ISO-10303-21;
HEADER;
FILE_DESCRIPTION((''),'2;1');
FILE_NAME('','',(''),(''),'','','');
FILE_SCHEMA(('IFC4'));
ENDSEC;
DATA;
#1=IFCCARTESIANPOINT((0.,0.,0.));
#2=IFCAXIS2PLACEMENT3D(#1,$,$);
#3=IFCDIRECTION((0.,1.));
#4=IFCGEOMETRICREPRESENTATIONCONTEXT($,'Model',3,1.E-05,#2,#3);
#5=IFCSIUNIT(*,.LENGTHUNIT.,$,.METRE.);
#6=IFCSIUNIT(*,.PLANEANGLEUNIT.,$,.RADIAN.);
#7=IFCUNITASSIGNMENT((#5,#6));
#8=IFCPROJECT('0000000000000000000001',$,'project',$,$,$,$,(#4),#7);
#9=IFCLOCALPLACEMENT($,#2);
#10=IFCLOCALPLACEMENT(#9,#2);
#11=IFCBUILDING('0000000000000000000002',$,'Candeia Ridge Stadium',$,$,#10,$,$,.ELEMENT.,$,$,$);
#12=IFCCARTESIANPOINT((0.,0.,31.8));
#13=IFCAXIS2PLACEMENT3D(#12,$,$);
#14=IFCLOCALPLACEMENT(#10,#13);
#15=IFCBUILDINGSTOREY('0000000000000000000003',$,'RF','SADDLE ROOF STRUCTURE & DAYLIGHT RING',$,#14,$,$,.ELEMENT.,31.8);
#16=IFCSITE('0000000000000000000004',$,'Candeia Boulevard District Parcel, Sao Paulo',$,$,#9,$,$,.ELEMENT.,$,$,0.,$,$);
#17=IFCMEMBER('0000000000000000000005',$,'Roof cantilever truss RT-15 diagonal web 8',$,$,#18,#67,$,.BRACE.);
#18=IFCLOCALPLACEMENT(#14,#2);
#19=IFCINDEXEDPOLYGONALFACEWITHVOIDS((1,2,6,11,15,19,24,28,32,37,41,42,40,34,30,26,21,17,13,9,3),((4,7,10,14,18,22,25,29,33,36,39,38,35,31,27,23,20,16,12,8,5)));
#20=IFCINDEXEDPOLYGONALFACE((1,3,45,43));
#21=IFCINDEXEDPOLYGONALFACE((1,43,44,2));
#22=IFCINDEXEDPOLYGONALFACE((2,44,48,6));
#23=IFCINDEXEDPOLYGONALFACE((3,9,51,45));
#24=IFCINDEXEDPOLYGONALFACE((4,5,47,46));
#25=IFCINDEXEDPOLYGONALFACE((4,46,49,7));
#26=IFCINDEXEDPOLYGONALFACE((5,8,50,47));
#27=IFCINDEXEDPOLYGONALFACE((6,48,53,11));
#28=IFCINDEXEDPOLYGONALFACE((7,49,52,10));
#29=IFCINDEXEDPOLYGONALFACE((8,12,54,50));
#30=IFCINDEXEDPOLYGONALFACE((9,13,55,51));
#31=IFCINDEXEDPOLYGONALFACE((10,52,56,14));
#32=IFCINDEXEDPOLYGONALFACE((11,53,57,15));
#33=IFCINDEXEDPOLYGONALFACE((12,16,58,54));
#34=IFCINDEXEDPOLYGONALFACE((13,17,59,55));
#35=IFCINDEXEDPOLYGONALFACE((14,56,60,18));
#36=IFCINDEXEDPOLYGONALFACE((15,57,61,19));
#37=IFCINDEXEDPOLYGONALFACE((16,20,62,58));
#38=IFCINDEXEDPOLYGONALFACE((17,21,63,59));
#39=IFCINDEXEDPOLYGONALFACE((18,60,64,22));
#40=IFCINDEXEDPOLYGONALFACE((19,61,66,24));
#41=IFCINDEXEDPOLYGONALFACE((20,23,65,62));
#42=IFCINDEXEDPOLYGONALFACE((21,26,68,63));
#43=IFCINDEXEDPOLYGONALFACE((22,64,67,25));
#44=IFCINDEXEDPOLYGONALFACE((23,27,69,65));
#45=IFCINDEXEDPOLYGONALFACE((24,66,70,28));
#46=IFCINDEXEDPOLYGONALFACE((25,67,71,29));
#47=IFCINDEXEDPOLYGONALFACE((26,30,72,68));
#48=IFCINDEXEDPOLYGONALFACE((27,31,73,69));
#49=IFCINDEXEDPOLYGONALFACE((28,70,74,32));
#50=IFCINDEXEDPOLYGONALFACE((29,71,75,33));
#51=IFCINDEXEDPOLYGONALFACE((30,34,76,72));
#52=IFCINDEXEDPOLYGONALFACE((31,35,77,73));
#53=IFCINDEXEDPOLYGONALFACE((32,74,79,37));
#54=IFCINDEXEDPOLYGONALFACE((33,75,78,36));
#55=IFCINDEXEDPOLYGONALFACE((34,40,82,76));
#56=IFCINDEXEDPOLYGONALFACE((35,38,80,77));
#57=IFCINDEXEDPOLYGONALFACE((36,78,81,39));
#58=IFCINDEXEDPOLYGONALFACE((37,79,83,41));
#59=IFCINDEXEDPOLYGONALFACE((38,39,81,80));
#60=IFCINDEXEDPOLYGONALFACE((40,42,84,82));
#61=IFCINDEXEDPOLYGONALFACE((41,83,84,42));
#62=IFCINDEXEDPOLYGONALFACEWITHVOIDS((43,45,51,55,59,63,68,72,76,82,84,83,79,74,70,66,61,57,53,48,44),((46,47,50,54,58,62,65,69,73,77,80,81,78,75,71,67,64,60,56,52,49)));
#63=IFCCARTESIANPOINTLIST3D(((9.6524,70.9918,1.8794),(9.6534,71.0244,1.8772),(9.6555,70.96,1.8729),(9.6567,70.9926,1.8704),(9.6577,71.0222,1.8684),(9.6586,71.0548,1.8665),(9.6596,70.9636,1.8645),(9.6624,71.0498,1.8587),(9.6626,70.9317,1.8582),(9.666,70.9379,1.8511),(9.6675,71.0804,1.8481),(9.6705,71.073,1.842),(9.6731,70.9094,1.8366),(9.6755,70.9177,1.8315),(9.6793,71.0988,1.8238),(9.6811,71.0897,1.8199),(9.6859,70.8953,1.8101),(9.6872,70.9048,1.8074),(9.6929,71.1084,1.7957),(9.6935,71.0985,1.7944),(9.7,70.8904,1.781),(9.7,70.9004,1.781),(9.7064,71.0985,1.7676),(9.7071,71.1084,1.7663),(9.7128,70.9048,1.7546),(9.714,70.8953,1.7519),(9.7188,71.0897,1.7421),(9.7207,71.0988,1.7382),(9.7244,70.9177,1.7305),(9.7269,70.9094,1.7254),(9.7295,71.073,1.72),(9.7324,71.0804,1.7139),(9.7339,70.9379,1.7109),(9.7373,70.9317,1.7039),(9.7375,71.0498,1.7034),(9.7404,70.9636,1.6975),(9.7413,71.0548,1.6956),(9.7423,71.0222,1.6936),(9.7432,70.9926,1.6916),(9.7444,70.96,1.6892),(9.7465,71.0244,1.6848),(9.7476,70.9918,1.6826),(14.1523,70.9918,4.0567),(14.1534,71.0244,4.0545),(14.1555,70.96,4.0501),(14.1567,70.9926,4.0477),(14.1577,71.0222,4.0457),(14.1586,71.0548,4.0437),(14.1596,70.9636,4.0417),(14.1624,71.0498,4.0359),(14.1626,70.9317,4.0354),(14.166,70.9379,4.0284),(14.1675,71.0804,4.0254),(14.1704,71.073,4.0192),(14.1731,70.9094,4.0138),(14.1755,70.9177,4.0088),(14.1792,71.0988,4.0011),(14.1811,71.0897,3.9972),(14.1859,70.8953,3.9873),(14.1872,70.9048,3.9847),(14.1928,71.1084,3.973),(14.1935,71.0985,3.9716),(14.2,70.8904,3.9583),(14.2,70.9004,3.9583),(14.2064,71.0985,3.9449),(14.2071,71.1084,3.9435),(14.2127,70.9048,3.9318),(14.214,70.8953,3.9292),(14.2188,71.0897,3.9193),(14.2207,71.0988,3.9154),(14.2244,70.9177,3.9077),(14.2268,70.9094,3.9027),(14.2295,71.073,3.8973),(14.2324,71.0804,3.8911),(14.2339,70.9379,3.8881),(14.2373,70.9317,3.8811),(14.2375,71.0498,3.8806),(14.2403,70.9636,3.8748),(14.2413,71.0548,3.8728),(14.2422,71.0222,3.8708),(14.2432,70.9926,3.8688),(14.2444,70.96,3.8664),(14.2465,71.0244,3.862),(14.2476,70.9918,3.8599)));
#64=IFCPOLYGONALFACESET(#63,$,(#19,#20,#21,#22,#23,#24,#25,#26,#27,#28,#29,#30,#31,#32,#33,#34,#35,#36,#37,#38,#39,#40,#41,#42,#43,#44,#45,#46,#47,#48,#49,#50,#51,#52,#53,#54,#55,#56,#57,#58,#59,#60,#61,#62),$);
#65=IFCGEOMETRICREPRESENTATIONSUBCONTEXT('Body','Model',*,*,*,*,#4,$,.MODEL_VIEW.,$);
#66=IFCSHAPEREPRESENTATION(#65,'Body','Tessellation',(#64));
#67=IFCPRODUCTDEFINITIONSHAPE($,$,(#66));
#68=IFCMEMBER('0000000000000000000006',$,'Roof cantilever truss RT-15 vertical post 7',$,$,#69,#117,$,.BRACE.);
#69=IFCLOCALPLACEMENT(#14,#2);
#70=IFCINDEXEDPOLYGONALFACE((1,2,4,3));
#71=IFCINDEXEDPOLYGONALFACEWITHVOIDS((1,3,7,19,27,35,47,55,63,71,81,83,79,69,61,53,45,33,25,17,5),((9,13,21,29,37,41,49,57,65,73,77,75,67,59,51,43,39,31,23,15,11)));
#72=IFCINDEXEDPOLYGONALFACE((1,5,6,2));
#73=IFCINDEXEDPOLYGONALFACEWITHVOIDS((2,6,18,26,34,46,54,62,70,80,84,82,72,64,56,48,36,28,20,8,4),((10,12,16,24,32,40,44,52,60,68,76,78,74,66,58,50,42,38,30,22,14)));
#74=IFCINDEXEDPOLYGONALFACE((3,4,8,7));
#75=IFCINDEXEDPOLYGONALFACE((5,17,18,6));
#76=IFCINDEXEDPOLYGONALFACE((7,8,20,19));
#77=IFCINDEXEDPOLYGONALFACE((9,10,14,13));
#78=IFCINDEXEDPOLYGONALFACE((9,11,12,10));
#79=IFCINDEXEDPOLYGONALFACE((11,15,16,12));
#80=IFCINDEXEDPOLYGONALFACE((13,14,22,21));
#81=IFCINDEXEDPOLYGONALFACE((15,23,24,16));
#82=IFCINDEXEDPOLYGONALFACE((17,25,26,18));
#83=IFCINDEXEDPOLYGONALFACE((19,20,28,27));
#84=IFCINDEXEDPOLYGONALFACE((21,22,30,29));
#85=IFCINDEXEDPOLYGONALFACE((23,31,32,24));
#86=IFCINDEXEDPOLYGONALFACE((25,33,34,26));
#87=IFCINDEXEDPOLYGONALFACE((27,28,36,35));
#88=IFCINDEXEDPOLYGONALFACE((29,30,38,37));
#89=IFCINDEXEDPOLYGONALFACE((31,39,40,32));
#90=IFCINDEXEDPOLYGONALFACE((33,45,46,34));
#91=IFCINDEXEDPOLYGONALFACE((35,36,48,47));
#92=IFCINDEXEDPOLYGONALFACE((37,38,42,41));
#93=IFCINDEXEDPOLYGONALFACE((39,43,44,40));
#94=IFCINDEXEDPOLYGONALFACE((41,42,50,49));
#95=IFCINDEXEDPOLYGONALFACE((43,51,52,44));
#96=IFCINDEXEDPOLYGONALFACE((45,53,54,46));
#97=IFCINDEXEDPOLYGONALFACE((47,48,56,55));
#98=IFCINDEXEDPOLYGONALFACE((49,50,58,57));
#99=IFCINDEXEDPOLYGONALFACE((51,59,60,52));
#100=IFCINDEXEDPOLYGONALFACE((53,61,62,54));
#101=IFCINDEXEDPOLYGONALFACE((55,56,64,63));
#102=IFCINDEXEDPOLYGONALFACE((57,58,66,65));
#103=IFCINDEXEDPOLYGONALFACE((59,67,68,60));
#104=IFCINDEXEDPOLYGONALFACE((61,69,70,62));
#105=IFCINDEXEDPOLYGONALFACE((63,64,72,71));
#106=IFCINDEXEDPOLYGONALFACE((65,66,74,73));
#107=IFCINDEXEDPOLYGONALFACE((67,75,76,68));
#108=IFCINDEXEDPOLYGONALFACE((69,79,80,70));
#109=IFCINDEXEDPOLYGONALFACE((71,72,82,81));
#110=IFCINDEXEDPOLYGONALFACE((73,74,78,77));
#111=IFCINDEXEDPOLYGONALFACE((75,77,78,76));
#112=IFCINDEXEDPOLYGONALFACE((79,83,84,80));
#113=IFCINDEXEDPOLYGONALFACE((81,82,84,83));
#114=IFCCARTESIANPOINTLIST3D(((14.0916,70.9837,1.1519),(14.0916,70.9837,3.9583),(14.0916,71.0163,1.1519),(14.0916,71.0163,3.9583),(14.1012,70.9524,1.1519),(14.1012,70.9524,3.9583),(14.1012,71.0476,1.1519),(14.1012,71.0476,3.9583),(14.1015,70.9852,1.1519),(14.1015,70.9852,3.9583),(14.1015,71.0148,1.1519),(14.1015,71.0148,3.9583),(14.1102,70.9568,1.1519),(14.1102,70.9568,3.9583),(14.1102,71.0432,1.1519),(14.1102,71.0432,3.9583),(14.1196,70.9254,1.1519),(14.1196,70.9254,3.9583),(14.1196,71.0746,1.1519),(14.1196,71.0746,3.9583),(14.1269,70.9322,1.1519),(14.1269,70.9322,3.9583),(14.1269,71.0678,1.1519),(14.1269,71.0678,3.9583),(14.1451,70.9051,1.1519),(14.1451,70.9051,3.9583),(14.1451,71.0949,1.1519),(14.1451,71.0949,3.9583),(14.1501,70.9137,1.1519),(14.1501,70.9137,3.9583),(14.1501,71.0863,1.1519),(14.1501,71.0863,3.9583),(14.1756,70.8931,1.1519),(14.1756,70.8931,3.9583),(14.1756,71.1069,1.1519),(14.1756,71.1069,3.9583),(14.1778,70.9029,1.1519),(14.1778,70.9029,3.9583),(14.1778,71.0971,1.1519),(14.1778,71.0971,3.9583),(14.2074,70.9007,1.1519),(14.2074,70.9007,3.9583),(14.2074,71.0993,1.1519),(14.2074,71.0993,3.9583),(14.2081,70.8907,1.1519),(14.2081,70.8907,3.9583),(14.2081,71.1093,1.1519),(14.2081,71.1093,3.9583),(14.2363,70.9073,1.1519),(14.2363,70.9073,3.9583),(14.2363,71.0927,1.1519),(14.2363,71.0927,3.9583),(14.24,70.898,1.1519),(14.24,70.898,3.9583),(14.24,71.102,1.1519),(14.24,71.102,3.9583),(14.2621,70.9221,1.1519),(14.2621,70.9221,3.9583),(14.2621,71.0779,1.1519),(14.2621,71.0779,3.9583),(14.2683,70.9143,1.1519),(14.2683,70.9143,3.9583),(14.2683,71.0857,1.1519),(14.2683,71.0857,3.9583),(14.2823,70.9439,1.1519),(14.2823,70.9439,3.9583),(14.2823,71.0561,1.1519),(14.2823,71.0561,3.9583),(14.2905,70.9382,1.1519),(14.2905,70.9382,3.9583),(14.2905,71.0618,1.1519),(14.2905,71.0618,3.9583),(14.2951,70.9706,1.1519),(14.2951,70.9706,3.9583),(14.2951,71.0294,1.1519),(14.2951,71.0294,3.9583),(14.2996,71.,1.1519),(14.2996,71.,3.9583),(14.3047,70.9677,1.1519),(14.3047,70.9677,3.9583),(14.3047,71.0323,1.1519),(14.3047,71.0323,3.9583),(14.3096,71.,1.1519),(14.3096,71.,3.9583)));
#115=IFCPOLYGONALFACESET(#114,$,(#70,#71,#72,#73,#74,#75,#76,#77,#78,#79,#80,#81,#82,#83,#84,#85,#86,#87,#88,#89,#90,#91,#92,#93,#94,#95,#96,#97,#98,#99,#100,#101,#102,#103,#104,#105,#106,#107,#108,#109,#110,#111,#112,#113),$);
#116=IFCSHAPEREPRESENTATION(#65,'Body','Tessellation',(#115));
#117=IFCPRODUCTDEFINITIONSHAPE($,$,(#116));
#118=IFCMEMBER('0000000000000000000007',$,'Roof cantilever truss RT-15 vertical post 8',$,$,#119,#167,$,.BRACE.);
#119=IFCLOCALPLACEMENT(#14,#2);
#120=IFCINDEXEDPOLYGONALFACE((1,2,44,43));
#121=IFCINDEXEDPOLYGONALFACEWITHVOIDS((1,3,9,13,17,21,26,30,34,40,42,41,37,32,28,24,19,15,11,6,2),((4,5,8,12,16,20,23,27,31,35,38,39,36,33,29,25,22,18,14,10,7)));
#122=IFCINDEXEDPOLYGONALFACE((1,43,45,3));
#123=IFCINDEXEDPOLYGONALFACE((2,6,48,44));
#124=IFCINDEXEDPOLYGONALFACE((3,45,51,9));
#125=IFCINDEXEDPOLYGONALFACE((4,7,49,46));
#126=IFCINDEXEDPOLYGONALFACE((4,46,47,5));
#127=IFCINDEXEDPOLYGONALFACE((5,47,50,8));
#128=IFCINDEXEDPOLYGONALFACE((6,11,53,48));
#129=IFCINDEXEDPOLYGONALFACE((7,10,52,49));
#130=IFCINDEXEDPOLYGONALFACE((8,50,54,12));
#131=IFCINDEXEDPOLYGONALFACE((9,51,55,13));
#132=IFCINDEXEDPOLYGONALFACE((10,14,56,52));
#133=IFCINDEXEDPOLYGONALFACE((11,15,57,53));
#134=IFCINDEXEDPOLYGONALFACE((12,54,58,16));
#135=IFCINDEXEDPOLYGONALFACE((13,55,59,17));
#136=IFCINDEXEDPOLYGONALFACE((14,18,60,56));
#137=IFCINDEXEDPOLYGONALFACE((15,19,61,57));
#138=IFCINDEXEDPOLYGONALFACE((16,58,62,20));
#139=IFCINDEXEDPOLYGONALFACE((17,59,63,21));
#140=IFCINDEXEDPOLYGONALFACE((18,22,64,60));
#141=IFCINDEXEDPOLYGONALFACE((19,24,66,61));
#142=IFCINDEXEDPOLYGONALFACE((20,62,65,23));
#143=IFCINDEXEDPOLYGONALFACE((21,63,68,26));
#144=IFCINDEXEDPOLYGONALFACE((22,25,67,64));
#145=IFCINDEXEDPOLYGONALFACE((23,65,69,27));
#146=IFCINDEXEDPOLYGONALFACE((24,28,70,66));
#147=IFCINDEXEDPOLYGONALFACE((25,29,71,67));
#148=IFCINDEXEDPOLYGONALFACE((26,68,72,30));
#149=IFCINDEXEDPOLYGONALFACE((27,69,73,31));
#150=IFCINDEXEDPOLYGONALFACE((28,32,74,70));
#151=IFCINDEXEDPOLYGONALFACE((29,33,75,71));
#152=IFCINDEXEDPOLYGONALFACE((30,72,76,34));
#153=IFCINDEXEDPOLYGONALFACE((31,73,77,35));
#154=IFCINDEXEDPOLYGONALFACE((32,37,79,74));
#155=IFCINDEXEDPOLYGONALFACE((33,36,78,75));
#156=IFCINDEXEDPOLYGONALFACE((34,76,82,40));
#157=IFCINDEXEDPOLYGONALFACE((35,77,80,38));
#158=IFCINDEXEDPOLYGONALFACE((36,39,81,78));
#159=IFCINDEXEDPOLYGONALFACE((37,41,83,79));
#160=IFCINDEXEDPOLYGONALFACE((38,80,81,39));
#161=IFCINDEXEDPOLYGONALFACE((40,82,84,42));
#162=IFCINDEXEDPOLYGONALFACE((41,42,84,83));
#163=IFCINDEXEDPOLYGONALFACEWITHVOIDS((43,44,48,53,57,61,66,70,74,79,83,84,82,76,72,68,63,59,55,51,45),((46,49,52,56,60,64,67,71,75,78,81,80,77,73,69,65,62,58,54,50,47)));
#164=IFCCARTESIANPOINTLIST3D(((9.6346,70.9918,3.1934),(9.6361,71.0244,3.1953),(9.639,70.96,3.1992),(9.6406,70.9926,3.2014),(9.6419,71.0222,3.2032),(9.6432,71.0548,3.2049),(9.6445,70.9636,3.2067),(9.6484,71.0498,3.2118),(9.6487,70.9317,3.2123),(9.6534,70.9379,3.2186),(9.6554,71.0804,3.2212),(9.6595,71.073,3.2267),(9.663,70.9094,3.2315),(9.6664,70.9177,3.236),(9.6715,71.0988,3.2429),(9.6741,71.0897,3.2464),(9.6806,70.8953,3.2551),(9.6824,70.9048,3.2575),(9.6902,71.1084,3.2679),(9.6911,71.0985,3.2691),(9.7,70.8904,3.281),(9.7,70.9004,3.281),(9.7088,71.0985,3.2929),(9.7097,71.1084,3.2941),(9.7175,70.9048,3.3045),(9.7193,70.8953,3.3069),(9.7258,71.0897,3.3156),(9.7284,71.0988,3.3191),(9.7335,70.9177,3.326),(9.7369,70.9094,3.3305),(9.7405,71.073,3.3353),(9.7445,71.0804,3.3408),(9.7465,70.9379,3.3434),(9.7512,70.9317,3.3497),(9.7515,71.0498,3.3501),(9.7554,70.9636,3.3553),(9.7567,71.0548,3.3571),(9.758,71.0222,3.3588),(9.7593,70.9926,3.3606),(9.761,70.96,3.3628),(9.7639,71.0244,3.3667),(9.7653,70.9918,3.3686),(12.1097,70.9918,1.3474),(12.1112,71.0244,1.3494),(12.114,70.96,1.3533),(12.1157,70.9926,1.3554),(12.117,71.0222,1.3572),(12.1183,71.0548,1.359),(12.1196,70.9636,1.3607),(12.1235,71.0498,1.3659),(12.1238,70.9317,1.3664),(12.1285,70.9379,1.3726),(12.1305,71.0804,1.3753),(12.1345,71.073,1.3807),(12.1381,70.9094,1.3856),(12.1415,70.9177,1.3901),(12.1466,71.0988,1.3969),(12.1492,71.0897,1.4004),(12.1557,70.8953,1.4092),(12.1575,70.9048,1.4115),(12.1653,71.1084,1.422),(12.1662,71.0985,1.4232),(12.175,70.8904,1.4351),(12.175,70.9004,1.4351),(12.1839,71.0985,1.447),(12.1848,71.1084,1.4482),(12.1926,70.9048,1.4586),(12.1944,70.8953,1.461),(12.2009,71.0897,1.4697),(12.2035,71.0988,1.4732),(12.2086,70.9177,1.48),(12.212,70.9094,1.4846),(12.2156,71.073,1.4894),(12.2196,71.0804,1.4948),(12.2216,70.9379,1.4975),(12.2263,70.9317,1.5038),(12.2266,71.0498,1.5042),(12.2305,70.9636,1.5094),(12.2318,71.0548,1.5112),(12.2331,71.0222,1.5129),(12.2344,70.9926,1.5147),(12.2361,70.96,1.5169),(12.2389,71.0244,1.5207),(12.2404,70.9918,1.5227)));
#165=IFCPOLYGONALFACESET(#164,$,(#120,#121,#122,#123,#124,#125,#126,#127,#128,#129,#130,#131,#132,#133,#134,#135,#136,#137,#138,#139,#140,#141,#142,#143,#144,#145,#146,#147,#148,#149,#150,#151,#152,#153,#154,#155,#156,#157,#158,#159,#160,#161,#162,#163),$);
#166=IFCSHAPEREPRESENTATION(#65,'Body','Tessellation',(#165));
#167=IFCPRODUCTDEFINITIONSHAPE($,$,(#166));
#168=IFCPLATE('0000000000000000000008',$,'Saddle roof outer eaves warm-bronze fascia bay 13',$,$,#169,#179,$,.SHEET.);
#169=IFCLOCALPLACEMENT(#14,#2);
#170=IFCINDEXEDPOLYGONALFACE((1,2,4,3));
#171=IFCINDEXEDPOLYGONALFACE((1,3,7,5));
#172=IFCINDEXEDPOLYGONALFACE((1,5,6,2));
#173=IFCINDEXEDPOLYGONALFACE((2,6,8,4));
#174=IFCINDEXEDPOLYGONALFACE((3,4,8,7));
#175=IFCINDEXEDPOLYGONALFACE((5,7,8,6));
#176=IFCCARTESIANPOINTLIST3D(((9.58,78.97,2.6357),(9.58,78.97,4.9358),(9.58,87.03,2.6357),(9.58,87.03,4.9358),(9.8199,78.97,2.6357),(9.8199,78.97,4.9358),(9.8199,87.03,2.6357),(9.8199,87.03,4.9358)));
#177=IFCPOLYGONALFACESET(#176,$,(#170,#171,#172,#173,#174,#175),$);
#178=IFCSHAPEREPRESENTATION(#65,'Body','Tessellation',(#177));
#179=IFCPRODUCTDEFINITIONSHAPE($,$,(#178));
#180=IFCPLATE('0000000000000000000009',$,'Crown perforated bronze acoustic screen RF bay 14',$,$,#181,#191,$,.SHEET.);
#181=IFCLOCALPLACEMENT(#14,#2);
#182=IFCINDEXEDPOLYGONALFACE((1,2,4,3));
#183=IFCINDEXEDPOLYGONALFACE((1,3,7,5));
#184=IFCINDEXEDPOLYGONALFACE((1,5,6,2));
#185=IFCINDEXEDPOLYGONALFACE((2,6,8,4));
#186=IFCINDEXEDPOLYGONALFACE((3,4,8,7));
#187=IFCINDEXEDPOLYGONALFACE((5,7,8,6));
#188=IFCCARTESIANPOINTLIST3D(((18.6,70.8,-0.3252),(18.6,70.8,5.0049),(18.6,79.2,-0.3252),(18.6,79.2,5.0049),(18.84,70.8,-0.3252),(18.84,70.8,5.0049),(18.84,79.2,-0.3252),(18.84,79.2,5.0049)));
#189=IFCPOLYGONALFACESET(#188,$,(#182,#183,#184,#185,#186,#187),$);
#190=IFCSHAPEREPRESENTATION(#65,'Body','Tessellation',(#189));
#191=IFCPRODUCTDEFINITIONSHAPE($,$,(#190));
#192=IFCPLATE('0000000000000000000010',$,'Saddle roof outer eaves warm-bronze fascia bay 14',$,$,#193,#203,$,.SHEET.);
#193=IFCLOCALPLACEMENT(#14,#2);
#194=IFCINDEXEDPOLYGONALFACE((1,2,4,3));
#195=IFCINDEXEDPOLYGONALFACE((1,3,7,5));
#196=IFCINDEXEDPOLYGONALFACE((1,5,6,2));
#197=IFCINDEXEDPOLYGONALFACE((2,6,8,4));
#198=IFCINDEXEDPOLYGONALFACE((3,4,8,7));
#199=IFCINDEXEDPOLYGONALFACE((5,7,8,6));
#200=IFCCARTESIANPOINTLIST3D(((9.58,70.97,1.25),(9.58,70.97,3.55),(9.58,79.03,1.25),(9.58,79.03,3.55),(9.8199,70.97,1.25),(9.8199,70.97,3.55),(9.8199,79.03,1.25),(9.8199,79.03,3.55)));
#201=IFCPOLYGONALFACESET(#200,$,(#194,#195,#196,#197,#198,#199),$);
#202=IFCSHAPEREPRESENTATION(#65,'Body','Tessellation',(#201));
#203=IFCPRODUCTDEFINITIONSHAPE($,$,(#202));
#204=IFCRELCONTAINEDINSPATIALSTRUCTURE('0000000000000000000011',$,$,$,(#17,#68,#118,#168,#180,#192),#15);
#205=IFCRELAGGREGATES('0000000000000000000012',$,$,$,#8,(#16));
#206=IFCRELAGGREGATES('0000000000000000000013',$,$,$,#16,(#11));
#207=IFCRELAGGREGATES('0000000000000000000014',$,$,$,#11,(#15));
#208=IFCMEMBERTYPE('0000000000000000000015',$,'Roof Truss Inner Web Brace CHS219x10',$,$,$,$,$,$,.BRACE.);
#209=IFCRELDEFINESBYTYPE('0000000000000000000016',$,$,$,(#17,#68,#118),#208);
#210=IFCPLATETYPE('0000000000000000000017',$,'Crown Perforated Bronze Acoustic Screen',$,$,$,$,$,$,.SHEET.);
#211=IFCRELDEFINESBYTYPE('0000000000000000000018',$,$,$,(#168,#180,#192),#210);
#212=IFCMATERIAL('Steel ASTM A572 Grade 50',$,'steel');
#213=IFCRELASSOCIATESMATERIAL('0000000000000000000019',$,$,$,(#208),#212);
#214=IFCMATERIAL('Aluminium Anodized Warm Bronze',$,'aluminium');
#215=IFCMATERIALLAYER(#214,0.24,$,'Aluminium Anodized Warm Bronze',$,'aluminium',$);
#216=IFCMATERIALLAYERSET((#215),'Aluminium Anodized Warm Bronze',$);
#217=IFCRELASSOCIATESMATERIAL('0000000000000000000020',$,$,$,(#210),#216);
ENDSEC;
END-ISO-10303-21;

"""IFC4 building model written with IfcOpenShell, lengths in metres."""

from ifc_helpers import new_model, si_unit, direction, frame, origin, origin_2d, place, context, subcontext, project, spatial, rectangle, hollow_circle, extrude, material, layer, layer_set, material_profile, profile_set, type_object, element, save


model = new_model("IFC4")

# Units and contexts
model_context = context("Model", 3, precision=1e-05, world=origin(), true_north=direction((0.0, 1.0)))
body_context = subcontext(model_context, "Body", "Model", "MODEL_VIEW")
ifc_project = project(units=[si_unit("LENGTHUNIT", "METRE"), si_unit("PLANEANGLEUNIT", "RADIAN")], contexts=[model_context])

# Site, building, storey
site_placement = place(None, origin())
site = spatial("IfcSite", under=ifc_project, at=site_placement, Name="Candeia Boulevard District Parcel, Sao Paulo", CompositionType="ELEMENT", RefElevation=0.0)
building_placement = place(site_placement, origin())
building = spatial("IfcBuilding", under=site, at=building_placement, Name="Candeia Ridge Stadium", CompositionType="ELEMENT")
storey_placement = place(building_placement, frame((0.0, 0.0, 31.8)))
storey = spatial("IfcBuildingStorey", under=building, at=storey_placement, Name="RF", Description="SADDLE ROOF STRUCTURE & DAYLIGHT RING", CompositionType="ELEMENT", Elevation=31.8)

# Shared definitions
ifc_material_1 = material(Name="Steel ASTM A572 Grade 50", Category="steel")

# Members
ifc_material_profile_1 = material_profile(ifc_material_1, hollow_circle(Radius=0.1096, WallThickness=0.01, at=origin_2d()), Name="CHS219x10", Category="steel")
ifc_profile_set_1 = profile_set([ifc_material_profile_1], Name="Steel ASTM A572 Grade 50")
member_type_1 = type_object("IfcMemberType", Name="Roof Truss Inner Web Brace CHS219x10", PredefinedType="BRACE", material=ifc_profile_set_1)
member_1_placement = place(storey_placement, frame((14.2, 71.0, 3.9583), z_axis=(-0.900173, 0.0, -0.435533), x_axis=(0.0, -1.0, 0.0)))
element("IfcMember", 1, at=member_1_placement, inside=storey, type_object=member_type_1, Name="Roof cantilever truss RT-15 diagonal web 8", PredefinedType="BRACE", context=body_context, shape_type="SweptSolid", body=[
    extrude(hollow_circle(Radius=0.1096, WallThickness=0.01, at=origin_2d()), origin(), (0.0, 0.0, 1.0), 4.999),
])
member_2_placement = place(storey_placement, frame((14.2, 71.0, 1.1519), z_axis=(0.0, 0.0, 1.0), x_axis=(1.0, 0.0, 0.0)))
element("IfcMember", 2, at=member_2_placement, inside=storey, type_object=member_type_1, Name="Roof cantilever truss RT-15 vertical post 7", PredefinedType="BRACE", context=body_context, shape_type="SweptSolid", body=[
    extrude(hollow_circle(Radius=0.1096, WallThickness=0.01, at=origin_2d()), origin(), (0.0, 0.0, 1.0), 2.8064),
])
member_3_placement = place(storey_placement, frame((12.175, 71.0, 1.4351), z_axis=(-0.80161, 0.0, 0.597847), x_axis=(0.0, -1.0, 0.0)))
element("IfcMember", 3, at=member_3_placement, inside=storey, type_object=member_type_1, Name="Roof cantilever truss RT-15 vertical post 8", PredefinedType="BRACE", context=body_context, shape_type="SweptSolid", body=[
    extrude(hollow_circle(Radius=0.1096, WallThickness=0.01, at=origin_2d()), origin(), (0.0, 0.0, 1.0), 3.0876),
])

# Plates
ifc_material_2 = material(Name="Aluminium Anodized Warm Bronze", Category="aluminium")
ifc_layer_1 = layer(ifc_material_2, 0.24, Name="Aluminium Anodized Warm Bronze", Category="aluminium")
ifc_layer_set_1 = layer_set([ifc_layer_1], Name="Aluminium Anodized Warm Bronze")
plate_type_1 = type_object("IfcPlateType", Name="Crown Perforated Bronze Acoustic Screen", PredefinedType="SHEET", material=ifc_layer_set_1)
plate_1_placement = place(storey_placement, frame((9.7, 83.0, 2.6357), z_axis=(0.0, 0.0, 1.0), x_axis=(0.0, -1.0, 0.0)))
element("IfcPlate", 4, at=plate_1_placement, inside=storey, type_object=plate_type_1, Name="Saddle roof outer eaves warm-bronze fascia bay 13", PredefinedType="SHEET", context=body_context, shape_type="SweptSolid", body=[
    extrude(rectangle(XDim=8.0601, YDim=0.24, at=origin_2d()), origin(), (0.0, 0.0, 1.0), 2.3),
])
plate_2_placement = place(storey_placement, frame((18.72, 75.0, -0.3252), z_axis=(0.0, 0.0, 1.0), x_axis=(0.0, -1.0, 0.0)))
element("IfcPlate", 5, at=plate_2_placement, inside=storey, type_object=plate_type_1, Name="Crown perforated bronze acoustic screen RF bay 14", PredefinedType="SHEET", context=body_context, shape_type="SweptSolid", body=[
    extrude(rectangle(XDim=8.3999, YDim=0.24, at=origin_2d()), origin(), (0.0, 0.0, 1.0), 5.3301),
])
plate_3_placement = place(storey_placement, frame((9.7, 75.0, 1.25), z_axis=(0.0, 0.0, 1.0), x_axis=(0.0, -1.0, 0.0)))
element("IfcPlate", 6, at=plate_3_placement, inside=storey, type_object=plate_type_1, Name="Saddle roof outer eaves warm-bronze fascia bay 14", PredefinedType="SHEET", context=body_context, shape_type="SweptSolid", body=[
    extrude(rectangle(XDim=8.0601, YDim=0.24, at=origin_2d()), origin(), (0.0, 0.0, 1.0), 2.3),
])

save(model, "model.ifc")
